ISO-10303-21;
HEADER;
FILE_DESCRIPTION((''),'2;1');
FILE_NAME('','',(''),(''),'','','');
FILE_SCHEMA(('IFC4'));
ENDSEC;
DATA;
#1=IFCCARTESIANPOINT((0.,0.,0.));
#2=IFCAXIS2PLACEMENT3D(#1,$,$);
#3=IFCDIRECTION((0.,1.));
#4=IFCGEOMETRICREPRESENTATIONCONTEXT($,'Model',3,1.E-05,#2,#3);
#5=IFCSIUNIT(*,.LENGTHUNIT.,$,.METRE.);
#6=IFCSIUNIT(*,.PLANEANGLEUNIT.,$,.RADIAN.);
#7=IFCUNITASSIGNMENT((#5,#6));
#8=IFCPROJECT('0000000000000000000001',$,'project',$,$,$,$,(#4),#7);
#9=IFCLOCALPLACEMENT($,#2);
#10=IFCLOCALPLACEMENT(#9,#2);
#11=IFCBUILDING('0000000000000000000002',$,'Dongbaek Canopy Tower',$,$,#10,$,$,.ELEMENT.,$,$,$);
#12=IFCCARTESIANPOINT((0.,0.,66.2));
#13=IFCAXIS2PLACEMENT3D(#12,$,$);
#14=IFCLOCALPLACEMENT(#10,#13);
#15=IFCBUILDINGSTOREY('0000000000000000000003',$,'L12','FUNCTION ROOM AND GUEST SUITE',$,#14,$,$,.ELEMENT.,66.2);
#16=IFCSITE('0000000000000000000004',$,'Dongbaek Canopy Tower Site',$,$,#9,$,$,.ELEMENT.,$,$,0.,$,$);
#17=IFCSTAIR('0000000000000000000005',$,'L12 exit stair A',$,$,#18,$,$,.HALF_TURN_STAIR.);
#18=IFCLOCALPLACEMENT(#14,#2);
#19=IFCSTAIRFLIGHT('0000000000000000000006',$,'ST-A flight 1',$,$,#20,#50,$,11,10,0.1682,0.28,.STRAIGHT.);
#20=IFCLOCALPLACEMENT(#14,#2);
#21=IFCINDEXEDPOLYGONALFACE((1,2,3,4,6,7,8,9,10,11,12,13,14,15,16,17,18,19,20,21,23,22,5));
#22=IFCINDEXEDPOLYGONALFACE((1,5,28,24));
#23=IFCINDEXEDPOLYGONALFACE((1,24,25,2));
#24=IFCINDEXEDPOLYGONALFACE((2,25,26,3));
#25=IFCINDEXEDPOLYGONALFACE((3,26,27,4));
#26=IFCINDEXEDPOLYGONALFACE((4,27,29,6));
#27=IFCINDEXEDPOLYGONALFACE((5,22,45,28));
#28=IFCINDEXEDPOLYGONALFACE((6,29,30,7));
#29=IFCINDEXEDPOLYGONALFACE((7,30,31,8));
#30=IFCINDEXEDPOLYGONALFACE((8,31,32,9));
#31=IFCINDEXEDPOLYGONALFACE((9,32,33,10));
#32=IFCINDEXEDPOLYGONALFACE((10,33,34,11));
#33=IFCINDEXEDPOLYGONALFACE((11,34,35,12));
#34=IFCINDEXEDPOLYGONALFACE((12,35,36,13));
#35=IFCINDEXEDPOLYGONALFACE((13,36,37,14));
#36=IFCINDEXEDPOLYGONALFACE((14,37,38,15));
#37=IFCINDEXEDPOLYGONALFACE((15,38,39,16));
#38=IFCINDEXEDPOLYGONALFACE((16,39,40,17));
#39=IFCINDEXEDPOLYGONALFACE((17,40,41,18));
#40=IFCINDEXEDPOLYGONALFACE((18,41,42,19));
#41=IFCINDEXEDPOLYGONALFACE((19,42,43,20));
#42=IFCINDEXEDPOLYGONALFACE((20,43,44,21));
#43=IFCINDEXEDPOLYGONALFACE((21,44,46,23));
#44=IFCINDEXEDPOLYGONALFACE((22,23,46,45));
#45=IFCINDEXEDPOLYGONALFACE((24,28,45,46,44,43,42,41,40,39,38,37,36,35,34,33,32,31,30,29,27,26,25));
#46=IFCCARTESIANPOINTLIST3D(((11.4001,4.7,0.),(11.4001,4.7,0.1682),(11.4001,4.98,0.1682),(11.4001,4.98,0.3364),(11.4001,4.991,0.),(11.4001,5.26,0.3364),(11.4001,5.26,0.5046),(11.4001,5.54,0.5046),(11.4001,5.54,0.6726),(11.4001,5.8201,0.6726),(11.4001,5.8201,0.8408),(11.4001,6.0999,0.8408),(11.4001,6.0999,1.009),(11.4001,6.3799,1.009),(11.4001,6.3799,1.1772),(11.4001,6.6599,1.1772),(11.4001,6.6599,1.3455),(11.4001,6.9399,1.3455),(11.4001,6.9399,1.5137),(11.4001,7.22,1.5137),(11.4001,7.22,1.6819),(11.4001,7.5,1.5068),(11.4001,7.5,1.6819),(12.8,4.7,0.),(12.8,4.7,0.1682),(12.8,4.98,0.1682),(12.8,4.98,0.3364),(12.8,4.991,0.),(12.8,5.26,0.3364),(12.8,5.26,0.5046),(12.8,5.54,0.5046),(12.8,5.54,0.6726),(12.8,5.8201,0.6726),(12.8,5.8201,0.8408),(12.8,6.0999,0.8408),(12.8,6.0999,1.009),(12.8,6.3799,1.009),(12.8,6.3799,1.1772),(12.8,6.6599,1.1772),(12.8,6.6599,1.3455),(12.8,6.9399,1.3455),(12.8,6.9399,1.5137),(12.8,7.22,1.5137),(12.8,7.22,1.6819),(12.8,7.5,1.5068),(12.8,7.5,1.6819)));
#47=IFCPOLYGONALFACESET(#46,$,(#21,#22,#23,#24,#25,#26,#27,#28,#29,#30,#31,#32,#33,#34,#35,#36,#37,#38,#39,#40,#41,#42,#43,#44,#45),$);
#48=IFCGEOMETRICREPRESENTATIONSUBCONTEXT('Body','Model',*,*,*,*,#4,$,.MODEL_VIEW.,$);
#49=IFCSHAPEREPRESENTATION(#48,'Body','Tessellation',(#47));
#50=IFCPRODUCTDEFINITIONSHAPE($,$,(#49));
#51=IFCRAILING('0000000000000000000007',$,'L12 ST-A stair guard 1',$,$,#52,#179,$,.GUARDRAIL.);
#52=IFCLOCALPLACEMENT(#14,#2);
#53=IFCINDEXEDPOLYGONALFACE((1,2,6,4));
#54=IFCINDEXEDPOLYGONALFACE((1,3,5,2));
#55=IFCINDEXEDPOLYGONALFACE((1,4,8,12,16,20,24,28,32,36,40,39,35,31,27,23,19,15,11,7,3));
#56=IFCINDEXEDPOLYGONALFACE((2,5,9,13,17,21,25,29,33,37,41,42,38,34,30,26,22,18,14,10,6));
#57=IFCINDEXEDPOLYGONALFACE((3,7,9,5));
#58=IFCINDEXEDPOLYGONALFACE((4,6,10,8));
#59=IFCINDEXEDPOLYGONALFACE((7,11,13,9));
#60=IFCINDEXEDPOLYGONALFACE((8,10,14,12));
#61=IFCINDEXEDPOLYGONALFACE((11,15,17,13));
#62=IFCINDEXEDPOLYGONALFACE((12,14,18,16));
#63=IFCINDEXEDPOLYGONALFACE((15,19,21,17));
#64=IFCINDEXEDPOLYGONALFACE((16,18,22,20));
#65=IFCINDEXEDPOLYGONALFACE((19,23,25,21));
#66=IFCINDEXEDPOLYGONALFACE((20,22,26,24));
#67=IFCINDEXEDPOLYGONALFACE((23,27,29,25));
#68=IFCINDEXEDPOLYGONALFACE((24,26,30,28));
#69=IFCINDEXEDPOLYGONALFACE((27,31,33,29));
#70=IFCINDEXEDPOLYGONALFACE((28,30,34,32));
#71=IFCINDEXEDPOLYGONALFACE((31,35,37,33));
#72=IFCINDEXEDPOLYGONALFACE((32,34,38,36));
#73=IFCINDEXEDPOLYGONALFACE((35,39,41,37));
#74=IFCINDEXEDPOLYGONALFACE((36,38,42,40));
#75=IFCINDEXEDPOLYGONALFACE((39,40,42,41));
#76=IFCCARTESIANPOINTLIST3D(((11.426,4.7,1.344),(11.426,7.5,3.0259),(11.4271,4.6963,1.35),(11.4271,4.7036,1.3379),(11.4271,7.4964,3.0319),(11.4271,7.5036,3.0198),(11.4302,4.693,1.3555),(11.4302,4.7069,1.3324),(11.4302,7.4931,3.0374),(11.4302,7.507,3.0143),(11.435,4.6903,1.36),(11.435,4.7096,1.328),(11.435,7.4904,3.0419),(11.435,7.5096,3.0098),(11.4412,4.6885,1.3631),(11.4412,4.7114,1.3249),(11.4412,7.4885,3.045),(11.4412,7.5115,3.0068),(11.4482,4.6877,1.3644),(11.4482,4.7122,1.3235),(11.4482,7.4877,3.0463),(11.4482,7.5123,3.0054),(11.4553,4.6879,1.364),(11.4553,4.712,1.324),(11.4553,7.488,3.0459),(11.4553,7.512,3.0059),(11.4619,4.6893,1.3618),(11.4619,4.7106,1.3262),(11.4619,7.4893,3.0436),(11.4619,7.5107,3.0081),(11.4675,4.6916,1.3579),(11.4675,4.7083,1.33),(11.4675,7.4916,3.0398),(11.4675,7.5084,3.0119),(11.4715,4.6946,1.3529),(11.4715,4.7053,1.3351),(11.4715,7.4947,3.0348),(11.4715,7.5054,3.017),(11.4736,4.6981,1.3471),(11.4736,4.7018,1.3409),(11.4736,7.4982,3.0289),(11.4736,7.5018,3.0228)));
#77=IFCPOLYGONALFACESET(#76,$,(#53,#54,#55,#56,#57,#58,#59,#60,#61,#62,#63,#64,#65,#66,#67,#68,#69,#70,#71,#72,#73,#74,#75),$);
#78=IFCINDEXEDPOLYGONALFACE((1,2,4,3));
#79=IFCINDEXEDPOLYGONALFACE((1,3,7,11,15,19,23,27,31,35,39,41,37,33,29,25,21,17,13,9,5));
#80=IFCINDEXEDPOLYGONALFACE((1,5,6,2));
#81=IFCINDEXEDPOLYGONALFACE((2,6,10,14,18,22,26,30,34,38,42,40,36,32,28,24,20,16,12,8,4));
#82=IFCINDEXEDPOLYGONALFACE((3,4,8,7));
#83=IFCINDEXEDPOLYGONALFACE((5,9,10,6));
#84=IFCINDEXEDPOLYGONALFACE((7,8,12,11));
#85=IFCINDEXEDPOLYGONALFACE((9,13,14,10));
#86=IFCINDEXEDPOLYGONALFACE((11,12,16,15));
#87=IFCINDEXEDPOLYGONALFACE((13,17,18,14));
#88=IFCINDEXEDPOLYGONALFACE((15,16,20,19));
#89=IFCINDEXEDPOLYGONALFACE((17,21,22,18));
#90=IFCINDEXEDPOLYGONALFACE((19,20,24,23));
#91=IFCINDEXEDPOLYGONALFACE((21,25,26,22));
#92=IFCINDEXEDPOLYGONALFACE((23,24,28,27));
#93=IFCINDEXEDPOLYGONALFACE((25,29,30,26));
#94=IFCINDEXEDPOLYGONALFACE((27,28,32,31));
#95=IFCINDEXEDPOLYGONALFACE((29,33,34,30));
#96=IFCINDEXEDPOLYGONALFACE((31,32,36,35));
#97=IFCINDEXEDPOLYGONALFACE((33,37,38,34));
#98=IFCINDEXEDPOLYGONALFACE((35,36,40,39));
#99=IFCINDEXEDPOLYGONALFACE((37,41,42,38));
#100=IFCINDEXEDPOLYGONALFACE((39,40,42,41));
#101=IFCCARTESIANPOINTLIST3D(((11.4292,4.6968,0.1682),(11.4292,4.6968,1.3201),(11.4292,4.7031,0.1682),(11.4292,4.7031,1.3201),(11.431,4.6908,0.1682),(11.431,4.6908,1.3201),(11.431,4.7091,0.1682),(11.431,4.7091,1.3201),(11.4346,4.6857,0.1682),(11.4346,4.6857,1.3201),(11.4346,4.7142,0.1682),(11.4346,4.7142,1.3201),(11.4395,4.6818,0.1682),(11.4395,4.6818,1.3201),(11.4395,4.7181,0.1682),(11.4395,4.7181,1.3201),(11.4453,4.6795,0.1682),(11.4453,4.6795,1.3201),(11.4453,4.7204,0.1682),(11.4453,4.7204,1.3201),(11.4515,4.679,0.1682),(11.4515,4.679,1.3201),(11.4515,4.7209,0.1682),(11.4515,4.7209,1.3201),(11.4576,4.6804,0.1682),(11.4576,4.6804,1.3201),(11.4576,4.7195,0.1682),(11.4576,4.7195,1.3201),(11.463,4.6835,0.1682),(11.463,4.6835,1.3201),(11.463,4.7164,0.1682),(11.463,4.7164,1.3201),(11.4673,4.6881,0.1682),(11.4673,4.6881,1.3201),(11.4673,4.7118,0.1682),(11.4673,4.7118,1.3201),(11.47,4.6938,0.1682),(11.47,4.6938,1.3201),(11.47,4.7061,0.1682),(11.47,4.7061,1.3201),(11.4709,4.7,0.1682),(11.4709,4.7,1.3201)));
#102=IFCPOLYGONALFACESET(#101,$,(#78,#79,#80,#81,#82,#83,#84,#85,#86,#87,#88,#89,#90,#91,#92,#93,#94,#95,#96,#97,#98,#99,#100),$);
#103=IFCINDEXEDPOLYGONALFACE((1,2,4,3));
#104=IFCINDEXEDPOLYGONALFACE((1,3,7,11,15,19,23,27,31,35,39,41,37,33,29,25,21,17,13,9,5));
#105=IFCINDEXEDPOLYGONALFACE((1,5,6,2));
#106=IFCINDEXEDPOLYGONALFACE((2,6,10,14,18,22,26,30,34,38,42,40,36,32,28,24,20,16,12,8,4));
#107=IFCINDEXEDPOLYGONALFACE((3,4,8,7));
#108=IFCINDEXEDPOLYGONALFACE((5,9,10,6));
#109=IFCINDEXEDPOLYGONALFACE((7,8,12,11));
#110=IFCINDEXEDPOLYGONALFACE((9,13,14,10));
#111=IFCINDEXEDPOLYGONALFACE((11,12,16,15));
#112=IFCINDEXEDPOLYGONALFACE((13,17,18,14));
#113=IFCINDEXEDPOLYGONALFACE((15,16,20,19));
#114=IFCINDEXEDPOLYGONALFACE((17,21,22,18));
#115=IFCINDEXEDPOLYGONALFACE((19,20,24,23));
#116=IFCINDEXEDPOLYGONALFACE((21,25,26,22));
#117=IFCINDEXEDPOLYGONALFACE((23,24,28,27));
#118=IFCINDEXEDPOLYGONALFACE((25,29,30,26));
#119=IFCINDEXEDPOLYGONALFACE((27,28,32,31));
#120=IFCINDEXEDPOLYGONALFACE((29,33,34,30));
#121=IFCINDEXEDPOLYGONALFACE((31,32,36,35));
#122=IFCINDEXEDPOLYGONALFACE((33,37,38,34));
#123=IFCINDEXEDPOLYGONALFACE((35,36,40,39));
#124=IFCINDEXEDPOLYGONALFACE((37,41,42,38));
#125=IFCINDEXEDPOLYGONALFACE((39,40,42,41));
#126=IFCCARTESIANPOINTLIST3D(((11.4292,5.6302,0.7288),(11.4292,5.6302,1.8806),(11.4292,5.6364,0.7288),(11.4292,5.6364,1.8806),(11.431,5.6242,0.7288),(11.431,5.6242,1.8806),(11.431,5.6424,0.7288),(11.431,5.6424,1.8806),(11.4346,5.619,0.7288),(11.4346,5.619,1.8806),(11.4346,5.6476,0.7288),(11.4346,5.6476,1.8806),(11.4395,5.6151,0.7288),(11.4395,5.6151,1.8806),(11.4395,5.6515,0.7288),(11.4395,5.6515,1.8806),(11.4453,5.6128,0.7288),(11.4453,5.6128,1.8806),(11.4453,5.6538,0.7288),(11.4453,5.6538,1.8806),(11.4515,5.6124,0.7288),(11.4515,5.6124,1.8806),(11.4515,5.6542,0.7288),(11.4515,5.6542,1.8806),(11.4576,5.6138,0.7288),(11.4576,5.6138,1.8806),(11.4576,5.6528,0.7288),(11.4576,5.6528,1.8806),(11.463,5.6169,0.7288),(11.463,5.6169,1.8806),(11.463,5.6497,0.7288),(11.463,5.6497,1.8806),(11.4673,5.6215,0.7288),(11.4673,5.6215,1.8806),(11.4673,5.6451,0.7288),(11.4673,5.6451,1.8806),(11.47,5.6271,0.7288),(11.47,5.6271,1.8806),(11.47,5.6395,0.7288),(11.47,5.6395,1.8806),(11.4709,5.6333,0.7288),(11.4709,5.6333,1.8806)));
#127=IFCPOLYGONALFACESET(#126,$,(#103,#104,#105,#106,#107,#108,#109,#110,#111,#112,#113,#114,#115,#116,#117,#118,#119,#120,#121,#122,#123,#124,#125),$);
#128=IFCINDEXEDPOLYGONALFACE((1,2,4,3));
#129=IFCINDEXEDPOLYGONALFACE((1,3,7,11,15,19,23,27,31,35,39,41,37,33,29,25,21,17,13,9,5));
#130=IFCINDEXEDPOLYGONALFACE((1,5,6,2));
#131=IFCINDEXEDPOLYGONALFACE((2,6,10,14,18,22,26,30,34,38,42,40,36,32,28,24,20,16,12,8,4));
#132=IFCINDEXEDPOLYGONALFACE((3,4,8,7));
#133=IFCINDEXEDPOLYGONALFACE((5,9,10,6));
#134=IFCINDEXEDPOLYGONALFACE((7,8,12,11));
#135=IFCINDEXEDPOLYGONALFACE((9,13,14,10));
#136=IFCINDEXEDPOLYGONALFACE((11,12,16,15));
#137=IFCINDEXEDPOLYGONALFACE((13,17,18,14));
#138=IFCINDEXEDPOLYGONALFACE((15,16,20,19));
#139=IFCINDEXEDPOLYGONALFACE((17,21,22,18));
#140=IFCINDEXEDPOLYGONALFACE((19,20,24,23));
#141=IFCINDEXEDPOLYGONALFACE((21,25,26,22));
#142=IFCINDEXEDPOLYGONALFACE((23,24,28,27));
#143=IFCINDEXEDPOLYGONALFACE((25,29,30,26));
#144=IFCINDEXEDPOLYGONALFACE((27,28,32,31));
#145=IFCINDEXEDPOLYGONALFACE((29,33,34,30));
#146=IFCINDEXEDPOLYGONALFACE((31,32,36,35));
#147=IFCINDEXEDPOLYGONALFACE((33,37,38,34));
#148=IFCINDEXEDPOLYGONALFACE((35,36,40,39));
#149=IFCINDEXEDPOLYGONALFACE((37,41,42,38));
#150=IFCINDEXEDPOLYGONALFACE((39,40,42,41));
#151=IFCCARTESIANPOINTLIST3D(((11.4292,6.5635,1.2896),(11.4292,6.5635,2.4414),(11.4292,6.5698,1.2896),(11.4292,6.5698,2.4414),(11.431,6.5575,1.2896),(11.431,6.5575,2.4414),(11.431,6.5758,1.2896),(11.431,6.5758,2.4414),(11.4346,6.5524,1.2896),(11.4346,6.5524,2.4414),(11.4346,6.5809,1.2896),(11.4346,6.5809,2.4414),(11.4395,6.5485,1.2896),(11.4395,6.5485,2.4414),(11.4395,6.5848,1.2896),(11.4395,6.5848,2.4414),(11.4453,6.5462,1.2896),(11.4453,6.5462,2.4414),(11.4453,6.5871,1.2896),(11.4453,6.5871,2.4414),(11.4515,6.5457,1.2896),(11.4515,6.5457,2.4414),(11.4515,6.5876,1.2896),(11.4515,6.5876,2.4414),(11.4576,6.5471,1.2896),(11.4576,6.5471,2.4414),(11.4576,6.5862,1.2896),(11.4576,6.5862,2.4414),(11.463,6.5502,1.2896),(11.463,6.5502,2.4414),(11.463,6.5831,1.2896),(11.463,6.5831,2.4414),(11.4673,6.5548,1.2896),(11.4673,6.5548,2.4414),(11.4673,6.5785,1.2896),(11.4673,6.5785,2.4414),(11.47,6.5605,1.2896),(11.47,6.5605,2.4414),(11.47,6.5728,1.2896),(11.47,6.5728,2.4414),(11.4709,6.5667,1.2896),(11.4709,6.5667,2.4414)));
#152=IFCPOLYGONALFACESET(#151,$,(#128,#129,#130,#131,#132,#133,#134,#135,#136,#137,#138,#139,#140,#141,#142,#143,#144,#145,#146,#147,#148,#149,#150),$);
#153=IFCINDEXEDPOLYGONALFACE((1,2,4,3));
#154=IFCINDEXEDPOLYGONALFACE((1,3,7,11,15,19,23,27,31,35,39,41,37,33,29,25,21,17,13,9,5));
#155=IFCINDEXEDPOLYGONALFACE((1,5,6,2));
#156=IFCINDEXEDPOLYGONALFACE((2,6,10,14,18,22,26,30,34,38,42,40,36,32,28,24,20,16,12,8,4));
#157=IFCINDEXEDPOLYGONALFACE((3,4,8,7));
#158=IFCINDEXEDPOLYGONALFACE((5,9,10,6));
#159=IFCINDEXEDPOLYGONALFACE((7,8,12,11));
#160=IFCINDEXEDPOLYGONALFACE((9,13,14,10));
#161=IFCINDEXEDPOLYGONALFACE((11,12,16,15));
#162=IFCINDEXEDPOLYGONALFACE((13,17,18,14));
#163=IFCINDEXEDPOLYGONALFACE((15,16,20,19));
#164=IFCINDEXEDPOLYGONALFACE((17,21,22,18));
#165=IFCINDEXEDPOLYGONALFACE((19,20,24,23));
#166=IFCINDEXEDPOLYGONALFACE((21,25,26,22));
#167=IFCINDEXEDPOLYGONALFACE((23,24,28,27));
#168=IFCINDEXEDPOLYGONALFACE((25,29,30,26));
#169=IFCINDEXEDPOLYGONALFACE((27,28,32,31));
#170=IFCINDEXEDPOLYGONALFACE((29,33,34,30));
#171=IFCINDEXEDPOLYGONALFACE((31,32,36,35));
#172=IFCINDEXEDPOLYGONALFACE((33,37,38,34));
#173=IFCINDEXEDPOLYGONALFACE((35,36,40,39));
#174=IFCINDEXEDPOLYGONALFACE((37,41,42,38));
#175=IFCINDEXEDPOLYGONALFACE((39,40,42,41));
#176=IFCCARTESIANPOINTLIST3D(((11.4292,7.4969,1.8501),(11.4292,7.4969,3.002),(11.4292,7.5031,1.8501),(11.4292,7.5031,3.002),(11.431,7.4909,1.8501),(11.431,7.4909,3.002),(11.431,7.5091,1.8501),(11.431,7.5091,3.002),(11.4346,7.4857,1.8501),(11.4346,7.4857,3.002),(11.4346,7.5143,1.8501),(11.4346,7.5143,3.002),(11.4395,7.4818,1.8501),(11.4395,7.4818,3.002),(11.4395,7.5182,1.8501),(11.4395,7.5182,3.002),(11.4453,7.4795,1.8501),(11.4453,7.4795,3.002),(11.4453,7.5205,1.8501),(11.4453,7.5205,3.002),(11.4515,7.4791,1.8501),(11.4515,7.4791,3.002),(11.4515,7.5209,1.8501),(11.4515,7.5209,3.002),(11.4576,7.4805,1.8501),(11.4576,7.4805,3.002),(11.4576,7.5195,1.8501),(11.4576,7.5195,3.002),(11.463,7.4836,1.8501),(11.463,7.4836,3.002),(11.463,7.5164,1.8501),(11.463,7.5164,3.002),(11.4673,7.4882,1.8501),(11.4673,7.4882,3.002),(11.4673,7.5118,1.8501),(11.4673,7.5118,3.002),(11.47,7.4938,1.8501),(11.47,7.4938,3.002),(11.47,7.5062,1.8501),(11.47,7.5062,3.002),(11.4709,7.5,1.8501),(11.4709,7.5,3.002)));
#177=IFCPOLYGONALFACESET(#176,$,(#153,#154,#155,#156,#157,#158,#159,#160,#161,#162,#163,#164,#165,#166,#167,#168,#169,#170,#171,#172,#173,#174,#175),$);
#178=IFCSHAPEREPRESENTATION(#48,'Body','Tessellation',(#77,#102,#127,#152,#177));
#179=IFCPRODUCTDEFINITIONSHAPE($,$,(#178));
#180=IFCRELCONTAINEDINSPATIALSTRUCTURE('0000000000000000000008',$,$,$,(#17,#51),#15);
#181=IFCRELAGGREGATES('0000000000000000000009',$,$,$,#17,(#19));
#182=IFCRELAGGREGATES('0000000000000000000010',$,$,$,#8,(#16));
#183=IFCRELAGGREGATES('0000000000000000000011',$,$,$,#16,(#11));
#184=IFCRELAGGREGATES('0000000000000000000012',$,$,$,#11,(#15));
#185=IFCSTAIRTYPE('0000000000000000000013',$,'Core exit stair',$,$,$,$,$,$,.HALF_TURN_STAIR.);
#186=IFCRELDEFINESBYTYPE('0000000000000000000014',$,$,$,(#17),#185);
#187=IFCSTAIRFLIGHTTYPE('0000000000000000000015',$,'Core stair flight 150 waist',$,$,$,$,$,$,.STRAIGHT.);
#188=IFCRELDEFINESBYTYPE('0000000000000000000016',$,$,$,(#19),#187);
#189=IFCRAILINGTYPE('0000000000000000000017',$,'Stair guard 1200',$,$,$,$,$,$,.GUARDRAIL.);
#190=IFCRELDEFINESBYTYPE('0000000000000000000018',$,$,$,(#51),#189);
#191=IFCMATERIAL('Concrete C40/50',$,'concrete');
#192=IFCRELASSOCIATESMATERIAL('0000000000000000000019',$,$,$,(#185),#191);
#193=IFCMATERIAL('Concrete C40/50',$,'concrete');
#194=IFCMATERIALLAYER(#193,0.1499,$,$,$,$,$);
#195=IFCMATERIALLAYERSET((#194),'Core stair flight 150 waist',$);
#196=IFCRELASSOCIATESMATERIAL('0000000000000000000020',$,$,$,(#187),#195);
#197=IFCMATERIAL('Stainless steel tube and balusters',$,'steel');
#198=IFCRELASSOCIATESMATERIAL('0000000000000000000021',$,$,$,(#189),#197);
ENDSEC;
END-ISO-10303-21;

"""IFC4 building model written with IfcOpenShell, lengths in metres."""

from ifc_helpers import new_model, si_unit, direction, frame, origin, origin_2d, place, context, subcontext, project, spatial, polyline, circle, outline, extrude, material, layer, layer_set, type_object, element, aggregate, save


model = new_model("IFC4")

# Units and contexts
model_context = context("Model", 3, precision=1e-05, world=origin(), true_north=direction((0.0, 1.0)))
body_context = subcontext(model_context, "Body", "Model", "MODEL_VIEW")
ifc_project = project(units=[si_unit("LENGTHUNIT", "METRE"), si_unit("PLANEANGLEUNIT", "RADIAN")], contexts=[model_context])

# Site, building, storey
site_placement = place(None, origin())
site = spatial("IfcSite", under=ifc_project, at=site_placement, Name="Dongbaek Canopy Tower Site", CompositionType="ELEMENT", RefElevation=0.0)
building_placement = place(site_placement, origin())
building = spatial("IfcBuilding", under=site, at=building_placement, Name="Dongbaek Canopy Tower", CompositionType="ELEMENT")
storey_placement = place(building_placement, frame((0.0, 0.0, 66.2)))
storey = spatial("IfcBuildingStorey", under=building, at=storey_placement, Name="L12", Description="FUNCTION ROOM AND GUEST SUITE", CompositionType="ELEMENT", Elevation=66.2)

# Stair, stair flight
ifc_material_1 = material(Name="Concrete C40/50", Category="concrete")
stair_type = type_object("IfcStairType", Name="Core exit stair", PredefinedType="HALF_TURN_STAIR", material=ifc_material_1)
stair_placement = place(storey_placement, origin())
stair = element("IfcStair", 1, at=stair_placement, inside=storey, type_object=stair_type, Name="L12 exit stair A", PredefinedType="HALF_TURN_STAIR")
ifc_material_2 = material(Name="Concrete C40/50", Category="concrete")
ifc_layer_1 = layer(ifc_material_2, 0.1499)
ifc_layer_set_1 = layer_set([ifc_layer_1], Name="Core stair flight 150 waist")
stair_flight_type = type_object("IfcStairFlightType", Name="Core stair flight 150 waist", PredefinedType="STRAIGHT", material=ifc_layer_set_1)
stair_flight_placement = place(storey_placement, frame((12.1001, 4.7, 0.0), z_axis=(0.0, 0.0, 1.0), x_axis=(0.0, 1.0, 0.0)))
stair_flight = element("IfcStairFlight", 2, at=stair_flight_placement, type_object=stair_flight_type, Name="ST-A flight 1", NumberOfRisers=11, NumberOfTreads=10, PredefinedType="STRAIGHT", RiserHeight=0.1682, TreadLength=0.28, context=body_context, shape_type="SweptSolid", body=[
    extrude(outline(polyline([(0.0, 0.0), (0.0, 0.1682), (0.28, 0.1682), (0.28, 0.3364), (0.5601, 0.3364), (0.5601, 0.5046), (0.8401, 0.5046), (0.8401, 0.6726), (1.1201, 0.6726), (1.1201, 0.8408), (1.3999, 0.8408), (1.3999, 1.009), (1.6799, 1.009), (1.6799, 1.1772), (1.96, 1.1772), (1.96, 1.3455), (2.24, 1.3455), (2.24, 1.5137), (2.52, 1.5137), (2.52, 1.6819), (2.8, 1.6819), (2.8, 1.8501), (2.8, 1.5068), (0.291, 0.0), (0.0, 0.0)])), frame((0.0, 0.7, 0.0), z_axis=(0.0, -1.0, 0.0), x_axis=(1.0, 0.0, 0.0)), (0.0, 0.0, 1.0), 1.3999),
])
aggregate(stair, [stair_flight])

# Railing
ifc_material_3 = material(Name="Stainless steel tube and balusters", Category="steel")
railing_type_1 = type_object("IfcRailingType", Name="Stair guard 1200", PredefinedType="GUARDRAIL", material=ifc_material_3)
railing_1_placement = place(storey_placement, frame((11.45, 4.7, 0.1682)))
element("IfcRailing", 3, at=railing_1_placement, inside=storey, type_object=railing_type_1, Name="L12 ST-A stair guard 1", PredefinedType="GUARDRAIL", context=body_context, shape_type="SweptSolid", body=[
    extrude(circle(Radius=0.0239, at=origin_2d()), frame((0.0, 0.0, 1.1758), z_axis=(0.0, 0.857242, 0.514913), x_axis=(-1.0, 0.0, 0.0)), (0.0, 0.0, 1.0), 3.2664),
    extrude(circle(Radius=0.021, at=origin_2d()), origin(), (0.0, 0.0, 1.0), 1.1519),
    extrude(circle(Radius=0.021, at=origin_2d()), frame((0.0, 0.9333, 0.5605)), (0.0, 0.0, 1.0), 1.1519),
    extrude(circle(Radius=0.021, at=origin_2d()), frame((0.0, 1.8667, 1.1213)), (0.0, 0.0, 1.0), 1.1519),
    extrude(circle(Radius=0.021, at=origin_2d()), frame((0.0, 2.8, 1.6819)), (0.0, 0.0, 1.0), 1.1519),
])

save(model, "model.ifc")
